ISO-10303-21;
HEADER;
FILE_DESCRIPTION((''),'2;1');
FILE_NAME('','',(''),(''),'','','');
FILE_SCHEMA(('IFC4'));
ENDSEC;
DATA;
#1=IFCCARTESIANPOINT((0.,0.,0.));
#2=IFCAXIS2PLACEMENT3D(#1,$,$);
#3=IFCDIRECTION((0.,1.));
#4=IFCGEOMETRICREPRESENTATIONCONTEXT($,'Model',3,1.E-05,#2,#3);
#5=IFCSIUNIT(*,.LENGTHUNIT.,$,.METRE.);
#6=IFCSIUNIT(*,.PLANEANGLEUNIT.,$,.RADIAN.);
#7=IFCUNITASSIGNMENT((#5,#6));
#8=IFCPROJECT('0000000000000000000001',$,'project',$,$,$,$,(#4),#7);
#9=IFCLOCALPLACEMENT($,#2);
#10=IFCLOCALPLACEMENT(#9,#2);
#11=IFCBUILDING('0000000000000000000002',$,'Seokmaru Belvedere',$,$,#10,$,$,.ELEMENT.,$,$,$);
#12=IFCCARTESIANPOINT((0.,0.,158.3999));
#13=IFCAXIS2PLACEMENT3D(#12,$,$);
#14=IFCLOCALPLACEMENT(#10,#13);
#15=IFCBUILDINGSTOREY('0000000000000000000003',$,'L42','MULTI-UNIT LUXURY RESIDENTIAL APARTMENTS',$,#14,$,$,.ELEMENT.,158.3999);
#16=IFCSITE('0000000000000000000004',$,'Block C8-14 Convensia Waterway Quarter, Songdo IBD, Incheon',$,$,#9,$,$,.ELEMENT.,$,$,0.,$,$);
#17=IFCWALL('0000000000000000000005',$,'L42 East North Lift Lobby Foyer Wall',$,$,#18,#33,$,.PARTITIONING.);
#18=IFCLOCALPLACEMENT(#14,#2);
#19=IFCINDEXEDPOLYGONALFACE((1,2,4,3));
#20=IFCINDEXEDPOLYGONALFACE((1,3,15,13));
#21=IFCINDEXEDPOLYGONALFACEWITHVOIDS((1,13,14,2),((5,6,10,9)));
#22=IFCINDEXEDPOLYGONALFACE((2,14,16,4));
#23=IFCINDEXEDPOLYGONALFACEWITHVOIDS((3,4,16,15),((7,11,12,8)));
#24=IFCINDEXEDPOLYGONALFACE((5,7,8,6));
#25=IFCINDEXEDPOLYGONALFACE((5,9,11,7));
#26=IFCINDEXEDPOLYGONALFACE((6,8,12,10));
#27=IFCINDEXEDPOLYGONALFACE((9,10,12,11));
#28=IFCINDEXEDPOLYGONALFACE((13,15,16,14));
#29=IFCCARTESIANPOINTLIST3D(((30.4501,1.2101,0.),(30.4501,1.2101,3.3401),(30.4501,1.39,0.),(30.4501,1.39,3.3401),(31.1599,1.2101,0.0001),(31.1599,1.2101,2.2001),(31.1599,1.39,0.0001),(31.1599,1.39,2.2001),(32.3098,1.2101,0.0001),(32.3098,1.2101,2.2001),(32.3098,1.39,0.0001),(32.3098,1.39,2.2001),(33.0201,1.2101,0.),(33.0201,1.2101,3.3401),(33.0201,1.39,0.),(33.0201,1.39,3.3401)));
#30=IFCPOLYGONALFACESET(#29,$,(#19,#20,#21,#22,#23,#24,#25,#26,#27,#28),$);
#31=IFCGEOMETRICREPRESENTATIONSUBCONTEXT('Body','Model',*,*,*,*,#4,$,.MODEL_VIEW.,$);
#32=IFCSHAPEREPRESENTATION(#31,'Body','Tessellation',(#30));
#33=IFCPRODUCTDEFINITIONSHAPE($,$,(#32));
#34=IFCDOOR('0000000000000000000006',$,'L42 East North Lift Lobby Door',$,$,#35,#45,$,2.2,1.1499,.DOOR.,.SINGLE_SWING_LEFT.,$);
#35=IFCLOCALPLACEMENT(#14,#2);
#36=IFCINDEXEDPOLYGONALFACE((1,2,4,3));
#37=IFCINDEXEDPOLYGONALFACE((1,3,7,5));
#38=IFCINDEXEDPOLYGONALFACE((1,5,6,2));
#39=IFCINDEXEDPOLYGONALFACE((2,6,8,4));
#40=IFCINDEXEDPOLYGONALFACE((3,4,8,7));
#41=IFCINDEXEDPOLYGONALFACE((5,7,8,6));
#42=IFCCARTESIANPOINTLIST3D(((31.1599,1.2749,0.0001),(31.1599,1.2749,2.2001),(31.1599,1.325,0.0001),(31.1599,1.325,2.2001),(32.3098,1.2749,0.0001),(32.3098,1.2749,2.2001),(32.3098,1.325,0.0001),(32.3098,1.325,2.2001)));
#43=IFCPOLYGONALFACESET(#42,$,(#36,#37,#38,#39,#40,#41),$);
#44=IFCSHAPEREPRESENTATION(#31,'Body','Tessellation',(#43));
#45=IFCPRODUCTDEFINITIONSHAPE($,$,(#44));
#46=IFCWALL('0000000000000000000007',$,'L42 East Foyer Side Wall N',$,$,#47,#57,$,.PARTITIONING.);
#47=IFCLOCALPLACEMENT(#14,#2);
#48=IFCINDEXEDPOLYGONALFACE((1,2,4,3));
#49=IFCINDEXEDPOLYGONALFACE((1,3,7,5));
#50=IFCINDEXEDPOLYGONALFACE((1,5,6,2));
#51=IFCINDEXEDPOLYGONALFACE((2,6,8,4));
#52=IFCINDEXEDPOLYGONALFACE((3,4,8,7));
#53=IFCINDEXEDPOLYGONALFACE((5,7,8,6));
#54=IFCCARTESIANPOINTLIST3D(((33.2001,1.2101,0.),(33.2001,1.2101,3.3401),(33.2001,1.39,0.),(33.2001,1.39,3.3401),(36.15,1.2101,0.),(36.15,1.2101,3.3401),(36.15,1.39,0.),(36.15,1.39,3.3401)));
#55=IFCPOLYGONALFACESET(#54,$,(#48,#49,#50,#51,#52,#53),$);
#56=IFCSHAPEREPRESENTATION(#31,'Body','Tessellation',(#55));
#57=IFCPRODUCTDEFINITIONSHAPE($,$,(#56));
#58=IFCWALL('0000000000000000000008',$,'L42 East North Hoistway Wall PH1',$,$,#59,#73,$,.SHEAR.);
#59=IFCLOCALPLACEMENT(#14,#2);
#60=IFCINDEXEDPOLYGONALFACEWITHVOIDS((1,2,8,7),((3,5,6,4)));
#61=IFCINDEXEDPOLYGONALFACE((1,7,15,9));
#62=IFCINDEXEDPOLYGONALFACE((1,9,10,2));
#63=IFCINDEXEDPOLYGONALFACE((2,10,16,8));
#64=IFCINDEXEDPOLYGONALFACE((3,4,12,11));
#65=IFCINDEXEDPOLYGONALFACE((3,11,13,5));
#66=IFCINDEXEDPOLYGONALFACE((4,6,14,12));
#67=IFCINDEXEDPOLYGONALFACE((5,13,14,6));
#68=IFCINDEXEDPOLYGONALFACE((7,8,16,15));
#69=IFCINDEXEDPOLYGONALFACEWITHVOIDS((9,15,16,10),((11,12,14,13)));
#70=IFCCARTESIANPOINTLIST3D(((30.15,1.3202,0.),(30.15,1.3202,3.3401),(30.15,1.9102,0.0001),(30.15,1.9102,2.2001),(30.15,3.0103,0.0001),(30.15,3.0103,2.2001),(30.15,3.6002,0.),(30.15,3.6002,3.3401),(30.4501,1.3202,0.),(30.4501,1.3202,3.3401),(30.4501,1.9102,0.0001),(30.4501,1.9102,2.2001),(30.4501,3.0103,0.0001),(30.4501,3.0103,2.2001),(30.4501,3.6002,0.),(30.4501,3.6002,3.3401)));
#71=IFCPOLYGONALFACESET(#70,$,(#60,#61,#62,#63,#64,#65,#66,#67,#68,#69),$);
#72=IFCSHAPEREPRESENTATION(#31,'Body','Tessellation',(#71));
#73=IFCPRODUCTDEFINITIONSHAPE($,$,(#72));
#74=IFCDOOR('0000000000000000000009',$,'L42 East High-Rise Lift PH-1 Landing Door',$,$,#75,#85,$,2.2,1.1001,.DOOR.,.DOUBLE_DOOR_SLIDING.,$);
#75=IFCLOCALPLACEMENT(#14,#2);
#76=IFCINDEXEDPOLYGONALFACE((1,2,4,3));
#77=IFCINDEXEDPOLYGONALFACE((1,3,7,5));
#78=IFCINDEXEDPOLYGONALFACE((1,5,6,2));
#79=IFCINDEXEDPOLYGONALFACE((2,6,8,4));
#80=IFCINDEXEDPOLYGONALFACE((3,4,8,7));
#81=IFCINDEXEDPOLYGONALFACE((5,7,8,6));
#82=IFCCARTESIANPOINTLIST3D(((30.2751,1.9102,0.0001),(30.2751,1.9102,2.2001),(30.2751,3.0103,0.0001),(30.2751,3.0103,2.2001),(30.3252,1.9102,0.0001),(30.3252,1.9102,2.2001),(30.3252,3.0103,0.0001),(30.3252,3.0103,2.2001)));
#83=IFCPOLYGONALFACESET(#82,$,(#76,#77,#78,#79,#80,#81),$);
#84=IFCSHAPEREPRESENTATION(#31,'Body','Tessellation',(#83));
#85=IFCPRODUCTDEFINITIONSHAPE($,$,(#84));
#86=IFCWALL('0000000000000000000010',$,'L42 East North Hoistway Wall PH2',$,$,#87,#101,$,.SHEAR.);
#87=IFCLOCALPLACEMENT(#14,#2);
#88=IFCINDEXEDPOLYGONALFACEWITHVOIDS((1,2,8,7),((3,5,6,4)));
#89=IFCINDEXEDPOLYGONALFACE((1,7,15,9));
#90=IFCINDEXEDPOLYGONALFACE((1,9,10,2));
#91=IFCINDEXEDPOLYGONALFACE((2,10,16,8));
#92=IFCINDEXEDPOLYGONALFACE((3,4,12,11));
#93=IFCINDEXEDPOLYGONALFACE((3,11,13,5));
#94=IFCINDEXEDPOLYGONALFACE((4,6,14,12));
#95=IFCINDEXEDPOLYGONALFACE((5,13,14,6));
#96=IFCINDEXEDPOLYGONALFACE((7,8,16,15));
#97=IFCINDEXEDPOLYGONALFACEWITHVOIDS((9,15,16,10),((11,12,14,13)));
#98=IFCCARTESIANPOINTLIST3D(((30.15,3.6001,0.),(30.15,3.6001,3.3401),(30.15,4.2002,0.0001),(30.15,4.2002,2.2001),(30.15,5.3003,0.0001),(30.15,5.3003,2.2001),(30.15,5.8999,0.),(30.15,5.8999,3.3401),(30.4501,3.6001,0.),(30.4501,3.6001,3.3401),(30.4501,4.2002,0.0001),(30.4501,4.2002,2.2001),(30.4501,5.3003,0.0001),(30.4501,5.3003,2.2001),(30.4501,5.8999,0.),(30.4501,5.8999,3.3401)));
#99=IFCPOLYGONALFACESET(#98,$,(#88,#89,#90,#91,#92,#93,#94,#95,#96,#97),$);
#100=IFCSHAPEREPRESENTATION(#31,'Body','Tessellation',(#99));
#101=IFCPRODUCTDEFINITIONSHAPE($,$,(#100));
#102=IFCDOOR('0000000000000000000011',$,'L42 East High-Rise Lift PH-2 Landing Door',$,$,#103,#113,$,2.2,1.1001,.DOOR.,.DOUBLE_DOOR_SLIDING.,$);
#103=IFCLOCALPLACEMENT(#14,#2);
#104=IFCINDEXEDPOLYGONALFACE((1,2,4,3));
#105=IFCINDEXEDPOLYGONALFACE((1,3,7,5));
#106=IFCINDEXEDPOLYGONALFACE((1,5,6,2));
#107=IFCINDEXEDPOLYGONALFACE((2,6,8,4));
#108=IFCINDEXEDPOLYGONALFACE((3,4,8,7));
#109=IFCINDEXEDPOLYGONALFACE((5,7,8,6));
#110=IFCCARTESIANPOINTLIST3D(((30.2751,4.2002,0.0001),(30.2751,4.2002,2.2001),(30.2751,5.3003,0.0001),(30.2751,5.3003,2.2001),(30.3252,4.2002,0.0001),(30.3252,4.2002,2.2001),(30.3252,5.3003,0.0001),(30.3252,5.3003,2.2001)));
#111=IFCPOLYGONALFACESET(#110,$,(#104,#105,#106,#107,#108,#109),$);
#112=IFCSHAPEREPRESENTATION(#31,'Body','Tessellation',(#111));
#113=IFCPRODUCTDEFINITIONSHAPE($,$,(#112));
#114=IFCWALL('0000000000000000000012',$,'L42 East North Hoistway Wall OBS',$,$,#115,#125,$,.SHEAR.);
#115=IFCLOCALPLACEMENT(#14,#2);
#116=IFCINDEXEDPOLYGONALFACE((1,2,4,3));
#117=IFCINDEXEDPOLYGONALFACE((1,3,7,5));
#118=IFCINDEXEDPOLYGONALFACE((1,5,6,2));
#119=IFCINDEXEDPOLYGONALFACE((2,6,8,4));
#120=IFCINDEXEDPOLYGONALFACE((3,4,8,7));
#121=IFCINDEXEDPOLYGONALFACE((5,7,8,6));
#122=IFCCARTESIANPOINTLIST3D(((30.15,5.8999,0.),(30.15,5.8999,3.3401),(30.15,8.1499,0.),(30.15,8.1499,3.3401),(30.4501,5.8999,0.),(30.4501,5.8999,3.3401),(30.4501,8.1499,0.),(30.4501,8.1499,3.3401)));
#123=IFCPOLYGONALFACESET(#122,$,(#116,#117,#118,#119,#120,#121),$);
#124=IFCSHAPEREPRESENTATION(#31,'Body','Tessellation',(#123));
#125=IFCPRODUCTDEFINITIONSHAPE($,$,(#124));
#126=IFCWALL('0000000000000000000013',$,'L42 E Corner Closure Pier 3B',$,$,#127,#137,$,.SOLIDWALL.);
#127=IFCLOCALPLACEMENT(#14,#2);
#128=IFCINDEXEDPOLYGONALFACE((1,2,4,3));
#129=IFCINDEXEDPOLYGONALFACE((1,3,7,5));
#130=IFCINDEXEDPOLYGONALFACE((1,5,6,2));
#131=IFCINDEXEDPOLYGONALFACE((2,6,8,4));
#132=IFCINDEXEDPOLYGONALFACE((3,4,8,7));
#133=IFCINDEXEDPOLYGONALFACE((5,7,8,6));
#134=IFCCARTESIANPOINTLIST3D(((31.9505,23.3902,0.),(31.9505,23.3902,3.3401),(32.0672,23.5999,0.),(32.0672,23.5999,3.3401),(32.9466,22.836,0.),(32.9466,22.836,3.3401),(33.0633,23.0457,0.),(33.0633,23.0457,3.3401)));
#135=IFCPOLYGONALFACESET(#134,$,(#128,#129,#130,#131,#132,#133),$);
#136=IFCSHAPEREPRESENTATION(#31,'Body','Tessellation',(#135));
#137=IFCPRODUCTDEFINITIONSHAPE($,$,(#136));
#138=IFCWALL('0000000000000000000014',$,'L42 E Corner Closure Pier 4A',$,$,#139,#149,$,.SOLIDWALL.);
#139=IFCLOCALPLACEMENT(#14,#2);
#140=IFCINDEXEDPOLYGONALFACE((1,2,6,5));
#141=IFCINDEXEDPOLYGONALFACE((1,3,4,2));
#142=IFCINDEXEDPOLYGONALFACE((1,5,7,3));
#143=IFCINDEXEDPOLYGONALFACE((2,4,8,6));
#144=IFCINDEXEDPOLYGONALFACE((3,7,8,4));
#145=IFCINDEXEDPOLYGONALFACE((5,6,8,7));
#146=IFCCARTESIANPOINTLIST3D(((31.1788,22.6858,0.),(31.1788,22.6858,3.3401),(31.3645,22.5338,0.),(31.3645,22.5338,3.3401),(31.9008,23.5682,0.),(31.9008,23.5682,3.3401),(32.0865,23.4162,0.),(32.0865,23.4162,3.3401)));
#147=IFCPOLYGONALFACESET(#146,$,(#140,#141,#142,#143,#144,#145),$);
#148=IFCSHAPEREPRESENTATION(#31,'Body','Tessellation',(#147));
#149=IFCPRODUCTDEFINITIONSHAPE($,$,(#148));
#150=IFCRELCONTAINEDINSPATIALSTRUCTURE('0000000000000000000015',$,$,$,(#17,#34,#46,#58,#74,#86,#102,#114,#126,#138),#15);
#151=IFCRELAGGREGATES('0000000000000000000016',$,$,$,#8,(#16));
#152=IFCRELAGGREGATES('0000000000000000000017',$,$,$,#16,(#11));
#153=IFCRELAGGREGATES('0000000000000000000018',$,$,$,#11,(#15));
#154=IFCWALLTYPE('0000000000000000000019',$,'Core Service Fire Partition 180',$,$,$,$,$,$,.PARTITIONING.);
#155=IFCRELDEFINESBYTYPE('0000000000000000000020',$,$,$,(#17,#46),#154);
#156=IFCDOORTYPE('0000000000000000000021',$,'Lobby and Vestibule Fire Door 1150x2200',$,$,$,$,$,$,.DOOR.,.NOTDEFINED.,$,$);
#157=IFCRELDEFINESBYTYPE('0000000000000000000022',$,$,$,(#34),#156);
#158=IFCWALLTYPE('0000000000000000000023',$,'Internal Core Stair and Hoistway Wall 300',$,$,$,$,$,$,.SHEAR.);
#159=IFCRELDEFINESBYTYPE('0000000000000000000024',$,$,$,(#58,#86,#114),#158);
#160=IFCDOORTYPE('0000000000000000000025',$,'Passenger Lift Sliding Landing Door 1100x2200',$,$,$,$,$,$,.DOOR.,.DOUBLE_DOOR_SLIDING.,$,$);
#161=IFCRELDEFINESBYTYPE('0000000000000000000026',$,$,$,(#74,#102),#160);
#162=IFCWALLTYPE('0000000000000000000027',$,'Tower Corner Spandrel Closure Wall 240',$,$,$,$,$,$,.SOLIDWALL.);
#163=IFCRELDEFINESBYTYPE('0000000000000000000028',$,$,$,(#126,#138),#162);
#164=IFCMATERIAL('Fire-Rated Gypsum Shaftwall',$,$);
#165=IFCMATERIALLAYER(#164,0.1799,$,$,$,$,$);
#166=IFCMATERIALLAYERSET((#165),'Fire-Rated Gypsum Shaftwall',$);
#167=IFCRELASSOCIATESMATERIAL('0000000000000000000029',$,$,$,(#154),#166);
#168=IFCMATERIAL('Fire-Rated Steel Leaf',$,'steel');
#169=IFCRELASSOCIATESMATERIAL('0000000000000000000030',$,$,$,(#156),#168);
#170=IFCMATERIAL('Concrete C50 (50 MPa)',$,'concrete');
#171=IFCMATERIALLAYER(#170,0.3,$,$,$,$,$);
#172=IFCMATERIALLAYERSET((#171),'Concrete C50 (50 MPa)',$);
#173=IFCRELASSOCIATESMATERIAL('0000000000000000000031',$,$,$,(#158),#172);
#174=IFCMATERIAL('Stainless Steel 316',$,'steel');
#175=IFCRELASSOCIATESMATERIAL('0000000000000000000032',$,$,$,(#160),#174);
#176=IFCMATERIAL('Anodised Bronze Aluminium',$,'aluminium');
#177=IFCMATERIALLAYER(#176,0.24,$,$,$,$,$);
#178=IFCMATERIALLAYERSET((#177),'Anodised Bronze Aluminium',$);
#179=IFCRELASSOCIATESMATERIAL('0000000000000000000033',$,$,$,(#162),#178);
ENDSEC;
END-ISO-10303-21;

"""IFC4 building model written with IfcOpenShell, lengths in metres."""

from ifc_helpers import new_model, si_unit, direction, frame, frame_2d, origin, place, context, subcontext, project, spatial, rectangle, extrude, source, transform, mapped, material, layer, layer_set, type_object, type_shapes, element, fill, save


model = new_model("IFC4")

# Units and contexts
model_context = context("Model", 3, precision=1e-05, world=origin(), true_north=direction((0.0, 1.0)))
body_context = subcontext(model_context, "Body", "Model", "MODEL_VIEW")
ifc_project = project(units=[si_unit("LENGTHUNIT", "METRE"), si_unit("PLANEANGLEUNIT", "RADIAN")], contexts=[model_context])

# Site, building, storey
site_placement = place(None, origin())
site = spatial("IfcSite", under=ifc_project, at=site_placement, Name="Block C8-14 Convensia Waterway Quarter, Songdo IBD, Incheon", CompositionType="ELEMENT", RefElevation=0.0)
building_placement = place(site_placement, origin())
building = spatial("IfcBuilding", under=site, at=building_placement, Name="Seokmaru Belvedere", CompositionType="ELEMENT")
storey_placement = place(building_placement, frame((0.0, 0.0, 158.3999)))
storey = spatial("IfcBuildingStorey", under=building, at=storey_placement, Name="L42", Description="MULTI-UNIT LUXURY RESIDENTIAL APARTMENTS", CompositionType="ELEMENT", Elevation=158.3999)

# Shared definitions
ifc_material_1 = material(Name="Anodised Bronze Aluminium", Category="aluminium")

# Shared definitions
ifc_material_2 = material(Name="Fire-Rated Gypsum Shaftwall")
ifc_layer_1 = layer(ifc_material_2, 0.1799)
ifc_layer_set_1 = layer_set([ifc_layer_1], Name="Fire-Rated Gypsum Shaftwall")
wall_type_1 = type_object("IfcWallType", Name="Core Service Fire Partition 180", PredefinedType="PARTITIONING", material=ifc_layer_set_1)

# Wall, opening, door
wall_1_placement = place(storey_placement, frame((30.45, 1.3, 0.0), z_axis=(0.0, 0.0, 1.0), x_axis=(1.0, 0.0, 0.0)))
wall_1 = element("IfcWall", 1, at=wall_1_placement, inside=storey, type_object=wall_type_1, Name="L42 East North Lift Lobby Foyer Wall", PredefinedType="PARTITIONING", context=body_context, shape_type="SweptSolid", body=[
    extrude(rectangle(XDim=2.5701, YDim=0.1799, at=frame_2d((1.2852, 0.0))), origin(), (0.0, 0.0, 1.0), 3.3401),
])
opening_1_placement = place(wall_1_placement, frame((0.71, 0.0, 0.0)))
opening_1 = element("IfcOpeningElement", 2, at=opening_1_placement, cuts=wall_1, PredefinedType="OPENING", context=body_context, shape_type="SweptSolid", body=[
    extrude(rectangle(XDim=1.1499, YDim=2.2, at=frame_2d((0.575, 1.1001))), frame((0.0, 0.1001, 0.0), z_axis=(0.0, -1.0, 0.0), x_axis=(1.0, 0.0, 0.0)), (0.0, 0.0, 1.0), 0.2),
])
ifc_material_3 = material(Name="Fire-Rated Steel Leaf", Category="steel")
door_type_1 = type_object("IfcDoorType", Name="Lobby and Vestibule Fire Door 1150x2200", OperationType="NOTDEFINED", PredefinedType="DOOR", material=ifc_material_3)
shared_shape_1 = source(origin(), body_context, "Body", "SweptSolid", [
    extrude(rectangle(XDim=1.1499, YDim=2.2, at=frame_2d((0.575, 1.1001))), frame((0.0, 0.0249, 0.0), z_axis=(0.0, -1.0, 0.0), x_axis=(1.0, 0.0, 0.0)), (0.0, 0.0, 1.0), 0.05),
])
type_shapes(door_type_1, [shared_shape_1])
door_1_placement = place(opening_1_placement, origin())
door_1 = element("IfcDoor", 3, at=door_1_placement, inside=storey, type_object=door_type_1, Name="L42 East North Lift Lobby Door", OperationType="SINGLE_SWING_LEFT", OverallHeight=2.2, OverallWidth=1.1499, PredefinedType="DOOR", context=body_context, shape_type="MappedRepresentation", body=[
    mapped(shared_shape_1, transform((0.0, 0.0, 0.0), scale=1.0)),
])
fill(opening_1, door_1)

# Wall
wall_2_placement = place(storey_placement, frame((33.2, 1.3, 0.0), z_axis=(0.0, 0.0, 1.0), x_axis=(1.0, 0.0, 0.0)))
element("IfcWall", 4, at=wall_2_placement, inside=storey, type_object=wall_type_1, Name="L42 East Foyer Side Wall N", PredefinedType="PARTITIONING", context=body_context, shape_type="SweptSolid", body=[
    extrude(rectangle(XDim=2.95, YDim=0.1799, at=frame_2d((1.4751, 0.0))), origin(), (0.0, 0.0, 1.0), 3.3401),
])

# Walls, openings, doors
ifc_material_4 = material(Name="Concrete C50 (50 MPa)", Category="concrete")
ifc_layer_2 = layer(ifc_material_4, 0.3)
ifc_layer_set_2 = layer_set([ifc_layer_2], Name="Concrete C50 (50 MPa)")
wall_type_2 = type_object("IfcWallType", Name="Internal Core Stair and Hoistway Wall 300", PredefinedType="SHEAR", material=ifc_layer_set_2)
wall_3_placement = place(storey_placement, frame((30.3, 1.3201, 0.0), z_axis=(0.0, 0.0, 1.0), x_axis=(0.0, 1.0, 0.0)))
wall_3 = element("IfcWall", 5, at=wall_3_placement, inside=storey, type_object=wall_type_2, Name="L42 East North Hoistway Wall PH1", PredefinedType="SHEAR", context=body_context, shape_type="SweptSolid", body=[
    extrude(rectangle(XDim=2.28, YDim=0.3, at=frame_2d((1.1401, 0.0))), origin(), (0.0, 0.0, 1.0), 3.3401),
])
opening_2_placement = place(wall_3_placement, frame((0.5901, 0.0, 0.0)))
opening_2 = element("IfcOpeningElement", 6, at=opening_2_placement, cuts=wall_3, PredefinedType="OPENING", context=body_context, shape_type="SweptSolid", body=[
    extrude(rectangle(XDim=1.1001, YDim=2.2, at=frame_2d((0.55, 1.1001))), frame((0.0, 0.1602, 0.0), z_axis=(0.0, -1.0, 0.0), x_axis=(1.0, 0.0, 0.0)), (0.0, 0.0, 1.0), 0.3201),
])
ifc_material_5 = material(Name="Stainless Steel 316", Category="steel")
door_type_2 = type_object("IfcDoorType", Name="Passenger Lift Sliding Landing Door 1100x2200", OperationType="DOUBLE_DOOR_SLIDING", PredefinedType="DOOR", material=ifc_material_5)
shared_shape_2 = source(origin(), body_context, "Body", "SweptSolid", [
    extrude(rectangle(XDim=1.1001, YDim=2.2, at=frame_2d((0.55, 1.1001))), frame((0.0, 0.0249, 0.0), z_axis=(0.0, -1.0, 0.0), x_axis=(1.0, 0.0, 0.0)), (0.0, 0.0, 1.0), 0.05),
])
type_shapes(door_type_2, [shared_shape_2])
door_2_placement = place(opening_2_placement, origin())
door_2 = element("IfcDoor", 7, at=door_2_placement, inside=storey, type_object=door_type_2, Name="L42 East High-Rise Lift PH-1 Landing Door", OperationType="DOUBLE_DOOR_SLIDING", OverallHeight=2.2, OverallWidth=1.1001, PredefinedType="DOOR", context=body_context, shape_type="MappedRepresentation", body=[
    mapped(shared_shape_2, transform((0.0, 0.0, 0.0), scale=1.0)),
])
fill(opening_2, door_2)
wall_4_placement = place(storey_placement, frame((30.3, 3.6001, 0.0), z_axis=(0.0, 0.0, 1.0), x_axis=(0.0, 1.0, 0.0)))
wall_4 = element("IfcWall", 8, at=wall_4_placement, inside=storey, type_object=wall_type_2, Name="L42 East North Hoistway Wall PH2", PredefinedType="SHEAR", context=body_context, shape_type="SweptSolid", body=[
    extrude(rectangle(XDim=2.2998, YDim=0.3, at=frame_2d((1.1499, 0.0))), origin(), (0.0, 0.0, 1.0), 3.3401),
])
opening_3_placement = place(wall_4_placement, frame((0.6001, 0.0, 0.0)))
opening_3 = element("IfcOpeningElement", 9, at=opening_3_placement, cuts=wall_4, PredefinedType="OPENING", context=body_context, shape_type="SweptSolid", body=[
    extrude(rectangle(XDim=1.1001, YDim=2.2, at=frame_2d((0.55, 1.1001))), frame((0.0, 0.1602, 0.0), z_axis=(0.0, -1.0, 0.0), x_axis=(1.0, 0.0, 0.0)), (0.0, 0.0, 1.0), 0.3201),
])
door_3_placement = place(opening_3_placement, origin())
door_3 = element("IfcDoor", 10, at=door_3_placement, inside=storey, type_object=door_type_2, Name="L42 East High-Rise Lift PH-2 Landing Door", OperationType="DOUBLE_DOOR_SLIDING", OverallHeight=2.2, OverallWidth=1.1001, PredefinedType="DOOR", context=body_context, shape_type="MappedRepresentation", body=[
    mapped(shared_shape_2, transform((0.0, 0.0, 0.0), scale=1.0)),
])
fill(opening_3, door_3)

# Wall
wall_5_placement = place(storey_placement, frame((30.3, 5.8999, 0.0), z_axis=(0.0, 0.0, 1.0), x_axis=(0.0, 1.0, 0.0)))
element("IfcWall", 11, at=wall_5_placement, inside=storey, type_object=wall_type_2, Name="L42 East North Hoistway Wall OBS", PredefinedType="SHEAR", context=body_context, shape_type="SweptSolid", body=[
    extrude(rectangle(XDim=2.25, YDim=0.3, at=frame_2d((1.125, 0.0))), origin(), (0.0, 0.0, 1.0), 3.3401),
])

# Walls
ifc_layer_3 = layer(ifc_material_1, 0.24)
ifc_layer_set_3 = layer_set([ifc_layer_3], Name="Anodised Bronze Aluminium")
wall_type_3 = type_object("IfcWallType", Name="Tower Corner Spandrel Closure Wall 240", PredefinedType="SOLIDWALL", material=ifc_layer_set_3)
wall_6_placement = place(storey_placement, frame((33.0049, 22.9409, 0.0), z_axis=(0.0, 0.0, 1.0), x_axis=(-0.873854, 0.486188, 0.0)))
element("IfcWall", 12, at=wall_6_placement, inside=storey, type_object=wall_type_3, Name="L42 E Corner Closure Pier 3B", PredefinedType="SOLIDWALL", context=body_context, shape_type="SweptSolid", body=[
    extrude(rectangle(XDim=1.1399, YDim=0.24, at=frame_2d((0.5698, 0.0))), origin(), (0.0, 0.0, 1.0), 3.3401),
])
wall_7_placement = place(storey_placement, frame((31.9937, 23.4922, 0.0), z_axis=(0.0, 0.0, 1.0), x_axis=(-0.633249, -0.773948, 0.0)))
element("IfcWall", 13, at=wall_7_placement, inside=storey, type_object=wall_type_3, Name="L42 E Corner Closure Pier 4A", PredefinedType="SOLIDWALL", context=body_context, shape_type="SweptSolid", body=[
    extrude(rectangle(XDim=1.1401, YDim=0.24, at=frame_2d((0.5701, 0.0))), origin(), (0.0, 0.0, 1.0), 3.3401),
])

save(model, "model.ifc")
